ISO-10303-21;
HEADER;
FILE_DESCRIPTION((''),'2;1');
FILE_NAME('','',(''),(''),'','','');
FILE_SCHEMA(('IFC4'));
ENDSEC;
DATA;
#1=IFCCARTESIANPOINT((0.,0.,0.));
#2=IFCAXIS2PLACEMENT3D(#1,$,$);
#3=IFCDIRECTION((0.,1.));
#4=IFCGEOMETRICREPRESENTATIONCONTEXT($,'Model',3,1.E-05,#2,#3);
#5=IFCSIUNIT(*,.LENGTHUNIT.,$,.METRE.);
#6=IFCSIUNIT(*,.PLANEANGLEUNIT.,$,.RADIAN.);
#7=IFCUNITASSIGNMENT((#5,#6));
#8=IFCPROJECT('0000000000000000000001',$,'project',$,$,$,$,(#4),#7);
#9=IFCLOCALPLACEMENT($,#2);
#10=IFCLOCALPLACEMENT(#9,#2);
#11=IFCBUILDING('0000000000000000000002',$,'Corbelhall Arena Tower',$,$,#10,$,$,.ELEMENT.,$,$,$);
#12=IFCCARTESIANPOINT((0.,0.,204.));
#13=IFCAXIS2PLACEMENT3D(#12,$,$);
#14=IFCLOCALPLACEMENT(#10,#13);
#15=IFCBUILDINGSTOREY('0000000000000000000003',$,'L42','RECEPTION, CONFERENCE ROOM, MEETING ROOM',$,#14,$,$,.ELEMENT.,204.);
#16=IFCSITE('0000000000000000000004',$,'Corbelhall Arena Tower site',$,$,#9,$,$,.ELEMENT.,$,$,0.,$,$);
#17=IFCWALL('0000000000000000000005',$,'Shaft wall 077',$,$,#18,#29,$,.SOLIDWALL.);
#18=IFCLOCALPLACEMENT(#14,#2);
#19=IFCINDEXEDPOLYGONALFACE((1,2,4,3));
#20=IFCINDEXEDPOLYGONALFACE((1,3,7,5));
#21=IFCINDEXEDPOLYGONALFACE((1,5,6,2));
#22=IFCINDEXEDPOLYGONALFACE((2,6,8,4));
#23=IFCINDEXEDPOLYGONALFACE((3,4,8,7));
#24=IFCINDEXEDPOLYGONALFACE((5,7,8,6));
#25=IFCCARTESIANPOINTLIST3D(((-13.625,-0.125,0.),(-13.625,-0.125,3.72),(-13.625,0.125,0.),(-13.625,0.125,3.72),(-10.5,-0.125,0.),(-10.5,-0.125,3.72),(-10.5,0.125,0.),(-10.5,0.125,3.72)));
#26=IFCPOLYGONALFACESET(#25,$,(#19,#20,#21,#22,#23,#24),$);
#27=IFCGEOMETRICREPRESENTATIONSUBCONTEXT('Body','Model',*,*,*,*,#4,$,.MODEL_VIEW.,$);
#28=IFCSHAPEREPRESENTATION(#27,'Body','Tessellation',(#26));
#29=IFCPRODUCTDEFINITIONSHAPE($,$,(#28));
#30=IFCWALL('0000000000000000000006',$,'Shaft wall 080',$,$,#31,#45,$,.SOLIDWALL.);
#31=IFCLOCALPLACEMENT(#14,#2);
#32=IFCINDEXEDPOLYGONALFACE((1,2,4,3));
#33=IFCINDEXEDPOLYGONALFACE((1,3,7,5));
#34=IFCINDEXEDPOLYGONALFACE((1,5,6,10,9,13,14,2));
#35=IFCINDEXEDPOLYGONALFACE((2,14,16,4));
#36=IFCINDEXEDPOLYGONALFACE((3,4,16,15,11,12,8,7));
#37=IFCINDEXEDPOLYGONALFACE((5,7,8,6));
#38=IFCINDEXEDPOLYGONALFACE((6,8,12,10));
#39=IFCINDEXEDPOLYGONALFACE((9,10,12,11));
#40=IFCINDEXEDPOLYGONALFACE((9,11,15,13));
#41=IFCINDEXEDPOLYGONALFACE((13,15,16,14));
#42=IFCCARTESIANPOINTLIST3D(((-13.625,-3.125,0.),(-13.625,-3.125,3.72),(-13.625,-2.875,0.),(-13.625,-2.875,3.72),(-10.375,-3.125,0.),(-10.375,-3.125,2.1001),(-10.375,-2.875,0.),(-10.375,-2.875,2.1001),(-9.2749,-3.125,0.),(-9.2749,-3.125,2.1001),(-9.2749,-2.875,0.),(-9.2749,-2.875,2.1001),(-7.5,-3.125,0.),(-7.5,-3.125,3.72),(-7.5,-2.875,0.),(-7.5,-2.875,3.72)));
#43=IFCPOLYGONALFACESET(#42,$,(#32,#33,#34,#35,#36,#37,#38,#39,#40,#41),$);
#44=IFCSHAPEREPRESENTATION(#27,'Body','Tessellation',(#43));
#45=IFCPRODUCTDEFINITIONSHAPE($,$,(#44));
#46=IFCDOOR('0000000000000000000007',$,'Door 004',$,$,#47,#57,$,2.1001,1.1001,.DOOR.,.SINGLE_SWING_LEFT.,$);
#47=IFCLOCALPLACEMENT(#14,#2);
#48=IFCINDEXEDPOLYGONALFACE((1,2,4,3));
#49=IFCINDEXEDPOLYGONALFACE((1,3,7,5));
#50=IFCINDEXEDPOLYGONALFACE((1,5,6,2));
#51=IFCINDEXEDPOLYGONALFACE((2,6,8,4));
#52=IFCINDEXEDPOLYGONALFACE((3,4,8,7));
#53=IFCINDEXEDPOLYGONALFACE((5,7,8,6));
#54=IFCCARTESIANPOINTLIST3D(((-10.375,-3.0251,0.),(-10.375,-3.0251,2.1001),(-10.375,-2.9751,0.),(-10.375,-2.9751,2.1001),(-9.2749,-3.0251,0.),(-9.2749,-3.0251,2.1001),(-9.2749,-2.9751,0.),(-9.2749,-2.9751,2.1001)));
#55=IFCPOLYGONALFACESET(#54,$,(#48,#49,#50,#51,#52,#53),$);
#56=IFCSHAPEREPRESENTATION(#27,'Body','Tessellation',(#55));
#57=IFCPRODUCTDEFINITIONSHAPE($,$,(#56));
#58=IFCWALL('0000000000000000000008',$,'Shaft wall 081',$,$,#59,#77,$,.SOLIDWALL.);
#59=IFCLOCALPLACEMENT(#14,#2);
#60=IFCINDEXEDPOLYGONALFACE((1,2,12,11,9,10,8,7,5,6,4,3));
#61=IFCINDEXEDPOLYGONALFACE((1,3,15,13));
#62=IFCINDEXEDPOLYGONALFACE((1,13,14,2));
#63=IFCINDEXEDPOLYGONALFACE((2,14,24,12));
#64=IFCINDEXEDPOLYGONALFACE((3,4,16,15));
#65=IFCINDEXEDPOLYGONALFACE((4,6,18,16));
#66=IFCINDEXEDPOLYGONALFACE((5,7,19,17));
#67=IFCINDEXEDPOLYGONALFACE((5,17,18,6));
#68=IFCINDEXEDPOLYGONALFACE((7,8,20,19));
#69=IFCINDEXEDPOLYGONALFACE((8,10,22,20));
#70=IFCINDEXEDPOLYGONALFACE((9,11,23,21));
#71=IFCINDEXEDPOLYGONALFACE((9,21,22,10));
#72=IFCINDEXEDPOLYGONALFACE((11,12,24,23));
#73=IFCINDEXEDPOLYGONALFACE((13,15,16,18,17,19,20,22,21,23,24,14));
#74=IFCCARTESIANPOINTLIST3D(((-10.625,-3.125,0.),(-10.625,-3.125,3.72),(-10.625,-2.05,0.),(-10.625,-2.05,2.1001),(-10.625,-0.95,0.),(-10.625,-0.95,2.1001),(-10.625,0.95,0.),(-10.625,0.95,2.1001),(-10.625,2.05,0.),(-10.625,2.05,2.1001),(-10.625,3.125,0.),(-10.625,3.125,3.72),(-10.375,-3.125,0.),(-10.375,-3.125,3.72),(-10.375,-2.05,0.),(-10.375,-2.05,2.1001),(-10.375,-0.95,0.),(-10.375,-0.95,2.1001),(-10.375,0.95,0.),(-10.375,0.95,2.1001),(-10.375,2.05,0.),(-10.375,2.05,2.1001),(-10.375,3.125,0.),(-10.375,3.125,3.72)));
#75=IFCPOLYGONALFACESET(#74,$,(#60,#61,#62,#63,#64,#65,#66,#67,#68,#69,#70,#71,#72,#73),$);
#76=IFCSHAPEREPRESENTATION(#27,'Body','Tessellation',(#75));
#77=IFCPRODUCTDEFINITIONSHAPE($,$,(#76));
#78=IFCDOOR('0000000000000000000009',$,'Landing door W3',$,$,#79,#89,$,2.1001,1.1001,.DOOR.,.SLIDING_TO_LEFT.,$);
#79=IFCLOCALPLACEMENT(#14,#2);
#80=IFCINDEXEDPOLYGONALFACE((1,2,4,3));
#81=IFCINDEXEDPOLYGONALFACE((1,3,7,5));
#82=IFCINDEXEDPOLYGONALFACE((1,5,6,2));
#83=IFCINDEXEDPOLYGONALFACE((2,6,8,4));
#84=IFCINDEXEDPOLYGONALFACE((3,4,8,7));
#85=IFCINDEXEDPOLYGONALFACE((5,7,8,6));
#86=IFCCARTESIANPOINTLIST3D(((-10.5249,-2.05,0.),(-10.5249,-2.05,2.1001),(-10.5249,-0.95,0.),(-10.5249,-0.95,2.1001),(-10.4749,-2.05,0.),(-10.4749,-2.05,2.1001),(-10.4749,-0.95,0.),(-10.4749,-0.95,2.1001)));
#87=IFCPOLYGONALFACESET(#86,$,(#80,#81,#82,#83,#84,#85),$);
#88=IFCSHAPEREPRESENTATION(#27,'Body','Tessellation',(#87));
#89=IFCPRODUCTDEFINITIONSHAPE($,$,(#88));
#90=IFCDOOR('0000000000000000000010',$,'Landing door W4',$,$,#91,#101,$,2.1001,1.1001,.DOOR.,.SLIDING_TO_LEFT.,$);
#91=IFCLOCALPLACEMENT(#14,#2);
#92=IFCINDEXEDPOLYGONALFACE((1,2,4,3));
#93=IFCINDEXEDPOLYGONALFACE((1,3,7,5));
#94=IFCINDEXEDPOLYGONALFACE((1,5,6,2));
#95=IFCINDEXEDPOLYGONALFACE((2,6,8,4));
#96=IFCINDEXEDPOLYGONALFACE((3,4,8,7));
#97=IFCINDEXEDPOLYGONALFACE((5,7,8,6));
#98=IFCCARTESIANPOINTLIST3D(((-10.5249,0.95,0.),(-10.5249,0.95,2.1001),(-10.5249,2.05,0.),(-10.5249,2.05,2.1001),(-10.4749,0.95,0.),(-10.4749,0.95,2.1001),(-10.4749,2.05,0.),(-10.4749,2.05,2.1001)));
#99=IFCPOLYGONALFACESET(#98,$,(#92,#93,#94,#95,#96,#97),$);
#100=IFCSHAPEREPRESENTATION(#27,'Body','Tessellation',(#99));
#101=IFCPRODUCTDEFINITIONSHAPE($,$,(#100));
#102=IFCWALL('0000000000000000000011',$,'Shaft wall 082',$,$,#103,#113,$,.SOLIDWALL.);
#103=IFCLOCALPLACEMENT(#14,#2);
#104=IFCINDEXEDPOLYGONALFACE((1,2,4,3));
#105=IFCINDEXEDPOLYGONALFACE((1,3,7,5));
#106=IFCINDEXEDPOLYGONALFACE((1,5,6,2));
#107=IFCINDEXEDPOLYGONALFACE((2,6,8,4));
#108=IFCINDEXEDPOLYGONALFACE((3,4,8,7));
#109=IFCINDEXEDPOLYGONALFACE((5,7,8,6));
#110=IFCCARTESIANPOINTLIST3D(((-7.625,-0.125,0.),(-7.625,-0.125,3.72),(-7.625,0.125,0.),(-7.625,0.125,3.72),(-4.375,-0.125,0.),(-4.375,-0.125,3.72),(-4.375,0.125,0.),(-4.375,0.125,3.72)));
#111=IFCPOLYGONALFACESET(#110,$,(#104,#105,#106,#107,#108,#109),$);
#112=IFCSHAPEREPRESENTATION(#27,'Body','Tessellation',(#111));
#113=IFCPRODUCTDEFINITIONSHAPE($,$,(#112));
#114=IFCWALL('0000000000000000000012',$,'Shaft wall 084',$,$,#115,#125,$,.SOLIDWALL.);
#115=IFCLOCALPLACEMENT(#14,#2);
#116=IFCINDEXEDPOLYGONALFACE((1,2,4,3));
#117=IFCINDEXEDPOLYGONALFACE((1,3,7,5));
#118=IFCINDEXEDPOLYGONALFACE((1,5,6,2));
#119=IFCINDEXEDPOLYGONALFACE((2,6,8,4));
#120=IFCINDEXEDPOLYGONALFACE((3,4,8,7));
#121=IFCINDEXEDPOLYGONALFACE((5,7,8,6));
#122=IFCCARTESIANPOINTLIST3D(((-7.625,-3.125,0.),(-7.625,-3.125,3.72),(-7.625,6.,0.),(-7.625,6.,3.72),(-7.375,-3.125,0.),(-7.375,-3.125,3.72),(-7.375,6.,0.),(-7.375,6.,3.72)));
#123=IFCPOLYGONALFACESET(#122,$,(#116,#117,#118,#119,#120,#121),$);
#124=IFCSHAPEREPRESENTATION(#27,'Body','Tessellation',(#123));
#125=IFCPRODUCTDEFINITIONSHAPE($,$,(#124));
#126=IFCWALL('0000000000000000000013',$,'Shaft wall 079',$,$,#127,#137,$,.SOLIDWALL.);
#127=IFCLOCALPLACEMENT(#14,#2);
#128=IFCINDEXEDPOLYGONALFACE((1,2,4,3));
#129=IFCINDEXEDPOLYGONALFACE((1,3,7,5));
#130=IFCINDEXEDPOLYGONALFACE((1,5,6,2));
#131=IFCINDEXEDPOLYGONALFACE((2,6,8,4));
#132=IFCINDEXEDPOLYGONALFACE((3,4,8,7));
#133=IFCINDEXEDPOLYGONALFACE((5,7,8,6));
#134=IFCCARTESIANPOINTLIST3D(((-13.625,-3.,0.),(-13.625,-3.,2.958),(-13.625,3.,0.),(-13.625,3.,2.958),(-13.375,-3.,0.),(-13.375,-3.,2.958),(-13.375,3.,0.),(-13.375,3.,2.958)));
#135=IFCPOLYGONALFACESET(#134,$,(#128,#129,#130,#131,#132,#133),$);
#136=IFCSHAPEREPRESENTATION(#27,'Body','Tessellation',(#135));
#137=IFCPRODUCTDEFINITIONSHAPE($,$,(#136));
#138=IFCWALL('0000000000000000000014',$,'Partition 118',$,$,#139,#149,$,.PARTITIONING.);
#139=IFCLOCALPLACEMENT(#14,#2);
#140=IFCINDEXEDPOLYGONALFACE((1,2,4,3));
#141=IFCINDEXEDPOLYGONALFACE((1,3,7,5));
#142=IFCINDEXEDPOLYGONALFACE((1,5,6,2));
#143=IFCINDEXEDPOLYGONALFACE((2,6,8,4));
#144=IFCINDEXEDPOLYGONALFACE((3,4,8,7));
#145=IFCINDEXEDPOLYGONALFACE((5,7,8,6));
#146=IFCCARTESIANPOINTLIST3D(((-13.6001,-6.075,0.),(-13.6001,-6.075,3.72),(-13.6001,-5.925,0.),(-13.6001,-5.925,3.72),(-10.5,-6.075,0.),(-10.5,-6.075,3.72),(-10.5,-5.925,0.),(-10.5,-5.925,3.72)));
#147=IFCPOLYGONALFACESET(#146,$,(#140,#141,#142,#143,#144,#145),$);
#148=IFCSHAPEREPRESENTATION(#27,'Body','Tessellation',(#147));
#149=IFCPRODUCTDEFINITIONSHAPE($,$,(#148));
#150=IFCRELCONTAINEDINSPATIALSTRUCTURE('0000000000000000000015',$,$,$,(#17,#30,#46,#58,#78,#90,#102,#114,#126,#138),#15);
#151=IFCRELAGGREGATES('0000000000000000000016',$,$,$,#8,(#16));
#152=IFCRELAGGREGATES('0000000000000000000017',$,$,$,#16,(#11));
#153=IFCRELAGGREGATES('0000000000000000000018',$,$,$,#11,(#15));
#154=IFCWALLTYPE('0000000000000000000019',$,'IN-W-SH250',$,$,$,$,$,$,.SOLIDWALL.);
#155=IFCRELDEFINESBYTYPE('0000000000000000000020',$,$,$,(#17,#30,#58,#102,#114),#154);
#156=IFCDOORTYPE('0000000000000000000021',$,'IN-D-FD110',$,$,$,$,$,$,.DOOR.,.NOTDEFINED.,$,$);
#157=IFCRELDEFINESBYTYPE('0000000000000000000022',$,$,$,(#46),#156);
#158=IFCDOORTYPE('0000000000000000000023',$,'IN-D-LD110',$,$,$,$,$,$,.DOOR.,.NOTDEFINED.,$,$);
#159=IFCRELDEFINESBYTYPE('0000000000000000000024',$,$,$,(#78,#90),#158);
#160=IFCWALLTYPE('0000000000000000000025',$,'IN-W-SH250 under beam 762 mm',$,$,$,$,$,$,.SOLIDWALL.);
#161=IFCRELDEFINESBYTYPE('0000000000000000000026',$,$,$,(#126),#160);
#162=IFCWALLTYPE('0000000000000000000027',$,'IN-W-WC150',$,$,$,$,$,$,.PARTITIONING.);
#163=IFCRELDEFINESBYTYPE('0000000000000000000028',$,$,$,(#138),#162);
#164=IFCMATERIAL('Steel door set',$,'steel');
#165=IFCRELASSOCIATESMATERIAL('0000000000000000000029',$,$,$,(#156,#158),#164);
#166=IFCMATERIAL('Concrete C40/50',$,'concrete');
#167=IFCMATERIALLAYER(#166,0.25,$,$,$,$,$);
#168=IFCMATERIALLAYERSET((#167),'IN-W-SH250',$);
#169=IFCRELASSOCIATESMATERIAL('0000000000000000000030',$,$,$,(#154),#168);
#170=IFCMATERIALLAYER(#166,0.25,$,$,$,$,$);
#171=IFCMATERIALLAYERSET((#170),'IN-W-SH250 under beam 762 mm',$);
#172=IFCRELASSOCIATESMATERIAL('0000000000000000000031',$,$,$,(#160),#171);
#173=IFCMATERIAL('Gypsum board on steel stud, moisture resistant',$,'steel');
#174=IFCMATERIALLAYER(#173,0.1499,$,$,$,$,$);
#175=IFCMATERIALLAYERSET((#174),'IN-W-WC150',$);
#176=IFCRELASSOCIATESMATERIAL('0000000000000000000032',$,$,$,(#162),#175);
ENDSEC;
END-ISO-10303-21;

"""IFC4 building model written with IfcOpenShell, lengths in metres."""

from ifc_helpers import new_model, si_unit, direction, frame, frame_2d, origin, place, context, subcontext, project, spatial, rectangle, extrude, material, layer, layer_set, type_object, element, fill, save


model = new_model("IFC4")

# Units and contexts
model_context = context("Model", 3, precision=1e-05, world=origin(), true_north=direction((0.0, 1.0)))
body_context = subcontext(model_context, "Body", "Model", "MODEL_VIEW")
ifc_project = project(units=[si_unit("LENGTHUNIT", "METRE"), si_unit("PLANEANGLEUNIT", "RADIAN")], contexts=[model_context])

# Site, building, storey
site_placement = place(None, origin())
site = spatial("IfcSite", under=ifc_project, at=site_placement, Name="Corbelhall Arena Tower site", CompositionType="ELEMENT", RefElevation=0.0)
building_placement = place(site_placement, origin())
building = spatial("IfcBuilding", under=site, at=building_placement, Name="Corbelhall Arena Tower", CompositionType="ELEMENT")
storey_placement = place(building_placement, frame((0.0, 0.0, 204.0)))
storey = spatial("IfcBuildingStorey", under=building, at=storey_placement, Name="L42", Description="RECEPTION, CONFERENCE ROOM, MEETING ROOM", CompositionType="ELEMENT", Elevation=204.0)

# Shared definitions
ifc_material_1 = material(Name="Steel door set", Category="steel")
door_type_1 = type_object("IfcDoorType", Name="IN-D-FD110", OperationType="NOTDEFINED", PredefinedType="DOOR", material=ifc_material_1)

# Wall
ifc_material_2 = material(Name="Concrete C40/50", Category="concrete")
ifc_layer_1 = layer(ifc_material_2, 0.25)
ifc_layer_set_1 = layer_set([ifc_layer_1], Name="IN-W-SH250")
wall_type_1 = type_object("IfcWallType", Name="IN-W-SH250", PredefinedType="SOLIDWALL", material=ifc_layer_set_1)
wall_1_placement = place(storey_placement, frame((-13.625, 0.0, 0.0), z_axis=(0.0, 0.0, 1.0), x_axis=(1.0, 0.0, 0.0)))
element("IfcWall", 1, at=wall_1_placement, inside=storey, type_object=wall_type_1, Name="Shaft wall 077", PredefinedType="SOLIDWALL", context=body_context, shape_type="SweptSolid", body=[
    extrude(rectangle(XDim=3.125, YDim=0.25, at=frame_2d((1.5625, 0.0))), origin(), (0.0, 0.0, 1.0), 3.72),
])

# Wall, opening, door
wall_2_placement = place(storey_placement, frame((-13.625, -3.0, 0.0), z_axis=(0.0, 0.0, 1.0), x_axis=(1.0, 0.0, 0.0)))
wall_2 = element("IfcWall", 2, at=wall_2_placement, inside=storey, type_object=wall_type_1, Name="Shaft wall 080", PredefinedType="SOLIDWALL", context=body_context, shape_type="SweptSolid", body=[
    extrude(rectangle(XDim=6.125, YDim=0.25, at=frame_2d((3.0625, 0.0))), origin(), (0.0, 0.0, 1.0), 3.72),
])
opening_1_placement = place(wall_2_placement, frame((3.25, 0.0, 0.0)))
opening_1 = element("IfcOpeningElement", 3, at=opening_1_placement, cuts=wall_2, PredefinedType="OPENING", context=body_context, shape_type="SweptSolid", body=[
    extrude(rectangle(XDim=1.1001, YDim=2.1001, at=frame_2d((0.55, 1.05))), frame((0.0, 0.125, 0.0), z_axis=(0.0, -1.0, 0.0), x_axis=(1.0, 0.0, 0.0)), (0.0, 0.0, 1.0), 0.25),
])
door_1_placement = place(opening_1_placement, origin())
door_1 = element("IfcDoor", 4, at=door_1_placement, inside=storey, type_object=door_type_1, Name="Door 004", OperationType="SINGLE_SWING_LEFT", OverallHeight=2.1001, OverallWidth=1.1001, PredefinedType="DOOR", context=body_context, shape_type="SweptSolid", body=[
    extrude(rectangle(XDim=1.1001, YDim=2.1001, at=frame_2d((0.55, 1.05))), frame((0.0, 0.0249, 0.0), z_axis=(0.0, -1.0, 0.0), x_axis=(1.0, 0.0, 0.0)), (0.0, 0.0, 1.0), 0.05),
])
fill(opening_1, door_1)

# Wall, openings, doors
wall_3_placement = place(storey_placement, frame((-10.5, -3.125, 0.0), z_axis=(0.0, 0.0, 1.0), x_axis=(0.0, 1.0, 0.0)))
wall_3 = element("IfcWall", 5, at=wall_3_placement, inside=storey, type_object=wall_type_1, Name="Shaft wall 081", PredefinedType="SOLIDWALL", context=body_context, shape_type="SweptSolid", body=[
    extrude(rectangle(XDim=6.25, YDim=0.25, at=frame_2d((3.125, 0.0))), origin(), (0.0, 0.0, 1.0), 3.72),
])
opening_2_placement = place(wall_3_placement, frame((1.075, 0.0, 0.0)))
opening_2 = element("IfcOpeningElement", 6, at=opening_2_placement, cuts=wall_3, PredefinedType="OPENING", context=body_context, shape_type="SweptSolid", body=[
    extrude(rectangle(XDim=1.1001, YDim=2.1001, at=frame_2d((0.55, 1.05))), frame((0.0, 0.125, 0.0), z_axis=(0.0, -1.0, 0.0), x_axis=(1.0, 0.0, 0.0)), (0.0, 0.0, 1.0), 0.25),
])
opening_3_placement = place(wall_3_placement, frame((4.075, 0.0, 0.0)))
opening_3 = element("IfcOpeningElement", 7, at=opening_3_placement, cuts=wall_3, PredefinedType="OPENING", context=body_context, shape_type="SweptSolid", body=[
    extrude(rectangle(XDim=1.1001, YDim=2.1001, at=frame_2d((0.55, 1.05))), frame((0.0, 0.125, 0.0), z_axis=(0.0, -1.0, 0.0), x_axis=(1.0, 0.0, 0.0)), (0.0, 0.0, 1.0), 0.25),
])
door_type_2 = type_object("IfcDoorType", Name="IN-D-LD110", OperationType="NOTDEFINED", PredefinedType="DOOR", material=ifc_material_1)
door_2_placement = place(opening_2_placement, origin())
door_2 = element("IfcDoor", 8, at=door_2_placement, inside=storey, type_object=door_type_2, Name="Landing door W3", OperationType="SLIDING_TO_LEFT", OverallHeight=2.1001, OverallWidth=1.1001, PredefinedType="DOOR", context=body_context, shape_type="SweptSolid", body=[
    extrude(rectangle(XDim=1.1001, YDim=2.1001, at=frame_2d((0.55, 1.05))), frame((0.0, 0.0249, 0.0), z_axis=(0.0, -1.0, 0.0), x_axis=(1.0, 0.0, 0.0)), (0.0, 0.0, 1.0), 0.05),
])
fill(opening_2, door_2)
door_3_placement = place(opening_3_placement, origin())
door_3 = element("IfcDoor", 9, at=door_3_placement, inside=storey, type_object=door_type_2, Name="Landing door W4", OperationType="SLIDING_TO_LEFT", OverallHeight=2.1001, OverallWidth=1.1001, PredefinedType="DOOR", context=body_context, shape_type="SweptSolid", body=[
    extrude(rectangle(XDim=1.1001, YDim=2.1001, at=frame_2d((0.55, 1.05))), frame((0.0, 0.0249, 0.0), z_axis=(0.0, -1.0, 0.0), x_axis=(1.0, 0.0, 0.0)), (0.0, 0.0, 1.0), 0.05),
])
fill(opening_3, door_3)

# Walls
wall_4_placement = place(storey_placement, frame((-7.625, 0.0, 0.0), z_axis=(0.0, 0.0, 1.0), x_axis=(1.0, 0.0, 0.0)))
element("IfcWall", 10, at=wall_4_placement, inside=storey, type_object=wall_type_1, Name="Shaft wall 082", PredefinedType="SOLIDWALL", context=body_context, shape_type="SweptSolid", body=[
    extrude(rectangle(XDim=3.25, YDim=0.25, at=frame_2d((1.625, 0.0))), origin(), (0.0, 0.0, 1.0), 3.72),
])
wall_5_placement = place(storey_placement, frame((-7.5, -3.125, 0.0), z_axis=(0.0, 0.0, 1.0), x_axis=(0.0, 1.0, 0.0)))
element("IfcWall", 11, at=wall_5_placement, inside=storey, type_object=wall_type_1, Name="Shaft wall 084", PredefinedType="SOLIDWALL", context=body_context, shape_type="SweptSolid", body=[
    extrude(rectangle(XDim=9.125, YDim=0.25, at=frame_2d((4.5625, 0.0))), origin(), (0.0, 0.0, 1.0), 3.72),
])
ifc_layer_2 = layer(ifc_material_2, 0.25)
ifc_layer_set_2 = layer_set([ifc_layer_2], Name="IN-W-SH250 under beam 762 mm")
wall_type_2 = type_object("IfcWallType", Name="IN-W-SH250 under beam 762 mm", PredefinedType="SOLIDWALL", material=ifc_layer_set_2)
wall_6_placement = place(storey_placement, frame((-13.5, -3.0, 0.0), z_axis=(0.0, 0.0, 1.0), x_axis=(0.0, 1.0, 0.0)))
element("IfcWall", 12, at=wall_6_placement, inside=storey, type_object=wall_type_2, Name="Shaft wall 079", PredefinedType="SOLIDWALL", context=body_context, shape_type="SweptSolid", body=[
    extrude(rectangle(XDim=6.0, YDim=0.25, at=frame_2d((3.0, 0.0))), origin(), (0.0, 0.0, 1.0), 2.958),
])
ifc_material_3 = material(Name="Gypsum board on steel stud, moisture resistant", Category="steel")
ifc_layer_3 = layer(ifc_material_3, 0.1499)
ifc_layer_set_3 = layer_set([ifc_layer_3], Name="IN-W-WC150")
wall_type_3 = type_object("IfcWallType", Name="IN-W-WC150", PredefinedType="PARTITIONING", material=ifc_layer_set_3)
wall_7_placement = place(storey_placement, frame((-13.6001, -6.0, 0.0), z_axis=(0.0, 0.0, 1.0), x_axis=(1.0, 0.0, 0.0)))
element("IfcWall", 13, at=wall_7_placement, inside=storey, type_object=wall_type_3, Name="Partition 118", PredefinedType="PARTITIONING", context=body_context, shape_type="SweptSolid", body=[
    extrude(rectangle(XDim=3.1001, YDim=0.1499, at=frame_2d((1.55, 0.0))), origin(), (0.0, 0.0, 1.0), 3.72),
])

save(model, "model.ifc")
